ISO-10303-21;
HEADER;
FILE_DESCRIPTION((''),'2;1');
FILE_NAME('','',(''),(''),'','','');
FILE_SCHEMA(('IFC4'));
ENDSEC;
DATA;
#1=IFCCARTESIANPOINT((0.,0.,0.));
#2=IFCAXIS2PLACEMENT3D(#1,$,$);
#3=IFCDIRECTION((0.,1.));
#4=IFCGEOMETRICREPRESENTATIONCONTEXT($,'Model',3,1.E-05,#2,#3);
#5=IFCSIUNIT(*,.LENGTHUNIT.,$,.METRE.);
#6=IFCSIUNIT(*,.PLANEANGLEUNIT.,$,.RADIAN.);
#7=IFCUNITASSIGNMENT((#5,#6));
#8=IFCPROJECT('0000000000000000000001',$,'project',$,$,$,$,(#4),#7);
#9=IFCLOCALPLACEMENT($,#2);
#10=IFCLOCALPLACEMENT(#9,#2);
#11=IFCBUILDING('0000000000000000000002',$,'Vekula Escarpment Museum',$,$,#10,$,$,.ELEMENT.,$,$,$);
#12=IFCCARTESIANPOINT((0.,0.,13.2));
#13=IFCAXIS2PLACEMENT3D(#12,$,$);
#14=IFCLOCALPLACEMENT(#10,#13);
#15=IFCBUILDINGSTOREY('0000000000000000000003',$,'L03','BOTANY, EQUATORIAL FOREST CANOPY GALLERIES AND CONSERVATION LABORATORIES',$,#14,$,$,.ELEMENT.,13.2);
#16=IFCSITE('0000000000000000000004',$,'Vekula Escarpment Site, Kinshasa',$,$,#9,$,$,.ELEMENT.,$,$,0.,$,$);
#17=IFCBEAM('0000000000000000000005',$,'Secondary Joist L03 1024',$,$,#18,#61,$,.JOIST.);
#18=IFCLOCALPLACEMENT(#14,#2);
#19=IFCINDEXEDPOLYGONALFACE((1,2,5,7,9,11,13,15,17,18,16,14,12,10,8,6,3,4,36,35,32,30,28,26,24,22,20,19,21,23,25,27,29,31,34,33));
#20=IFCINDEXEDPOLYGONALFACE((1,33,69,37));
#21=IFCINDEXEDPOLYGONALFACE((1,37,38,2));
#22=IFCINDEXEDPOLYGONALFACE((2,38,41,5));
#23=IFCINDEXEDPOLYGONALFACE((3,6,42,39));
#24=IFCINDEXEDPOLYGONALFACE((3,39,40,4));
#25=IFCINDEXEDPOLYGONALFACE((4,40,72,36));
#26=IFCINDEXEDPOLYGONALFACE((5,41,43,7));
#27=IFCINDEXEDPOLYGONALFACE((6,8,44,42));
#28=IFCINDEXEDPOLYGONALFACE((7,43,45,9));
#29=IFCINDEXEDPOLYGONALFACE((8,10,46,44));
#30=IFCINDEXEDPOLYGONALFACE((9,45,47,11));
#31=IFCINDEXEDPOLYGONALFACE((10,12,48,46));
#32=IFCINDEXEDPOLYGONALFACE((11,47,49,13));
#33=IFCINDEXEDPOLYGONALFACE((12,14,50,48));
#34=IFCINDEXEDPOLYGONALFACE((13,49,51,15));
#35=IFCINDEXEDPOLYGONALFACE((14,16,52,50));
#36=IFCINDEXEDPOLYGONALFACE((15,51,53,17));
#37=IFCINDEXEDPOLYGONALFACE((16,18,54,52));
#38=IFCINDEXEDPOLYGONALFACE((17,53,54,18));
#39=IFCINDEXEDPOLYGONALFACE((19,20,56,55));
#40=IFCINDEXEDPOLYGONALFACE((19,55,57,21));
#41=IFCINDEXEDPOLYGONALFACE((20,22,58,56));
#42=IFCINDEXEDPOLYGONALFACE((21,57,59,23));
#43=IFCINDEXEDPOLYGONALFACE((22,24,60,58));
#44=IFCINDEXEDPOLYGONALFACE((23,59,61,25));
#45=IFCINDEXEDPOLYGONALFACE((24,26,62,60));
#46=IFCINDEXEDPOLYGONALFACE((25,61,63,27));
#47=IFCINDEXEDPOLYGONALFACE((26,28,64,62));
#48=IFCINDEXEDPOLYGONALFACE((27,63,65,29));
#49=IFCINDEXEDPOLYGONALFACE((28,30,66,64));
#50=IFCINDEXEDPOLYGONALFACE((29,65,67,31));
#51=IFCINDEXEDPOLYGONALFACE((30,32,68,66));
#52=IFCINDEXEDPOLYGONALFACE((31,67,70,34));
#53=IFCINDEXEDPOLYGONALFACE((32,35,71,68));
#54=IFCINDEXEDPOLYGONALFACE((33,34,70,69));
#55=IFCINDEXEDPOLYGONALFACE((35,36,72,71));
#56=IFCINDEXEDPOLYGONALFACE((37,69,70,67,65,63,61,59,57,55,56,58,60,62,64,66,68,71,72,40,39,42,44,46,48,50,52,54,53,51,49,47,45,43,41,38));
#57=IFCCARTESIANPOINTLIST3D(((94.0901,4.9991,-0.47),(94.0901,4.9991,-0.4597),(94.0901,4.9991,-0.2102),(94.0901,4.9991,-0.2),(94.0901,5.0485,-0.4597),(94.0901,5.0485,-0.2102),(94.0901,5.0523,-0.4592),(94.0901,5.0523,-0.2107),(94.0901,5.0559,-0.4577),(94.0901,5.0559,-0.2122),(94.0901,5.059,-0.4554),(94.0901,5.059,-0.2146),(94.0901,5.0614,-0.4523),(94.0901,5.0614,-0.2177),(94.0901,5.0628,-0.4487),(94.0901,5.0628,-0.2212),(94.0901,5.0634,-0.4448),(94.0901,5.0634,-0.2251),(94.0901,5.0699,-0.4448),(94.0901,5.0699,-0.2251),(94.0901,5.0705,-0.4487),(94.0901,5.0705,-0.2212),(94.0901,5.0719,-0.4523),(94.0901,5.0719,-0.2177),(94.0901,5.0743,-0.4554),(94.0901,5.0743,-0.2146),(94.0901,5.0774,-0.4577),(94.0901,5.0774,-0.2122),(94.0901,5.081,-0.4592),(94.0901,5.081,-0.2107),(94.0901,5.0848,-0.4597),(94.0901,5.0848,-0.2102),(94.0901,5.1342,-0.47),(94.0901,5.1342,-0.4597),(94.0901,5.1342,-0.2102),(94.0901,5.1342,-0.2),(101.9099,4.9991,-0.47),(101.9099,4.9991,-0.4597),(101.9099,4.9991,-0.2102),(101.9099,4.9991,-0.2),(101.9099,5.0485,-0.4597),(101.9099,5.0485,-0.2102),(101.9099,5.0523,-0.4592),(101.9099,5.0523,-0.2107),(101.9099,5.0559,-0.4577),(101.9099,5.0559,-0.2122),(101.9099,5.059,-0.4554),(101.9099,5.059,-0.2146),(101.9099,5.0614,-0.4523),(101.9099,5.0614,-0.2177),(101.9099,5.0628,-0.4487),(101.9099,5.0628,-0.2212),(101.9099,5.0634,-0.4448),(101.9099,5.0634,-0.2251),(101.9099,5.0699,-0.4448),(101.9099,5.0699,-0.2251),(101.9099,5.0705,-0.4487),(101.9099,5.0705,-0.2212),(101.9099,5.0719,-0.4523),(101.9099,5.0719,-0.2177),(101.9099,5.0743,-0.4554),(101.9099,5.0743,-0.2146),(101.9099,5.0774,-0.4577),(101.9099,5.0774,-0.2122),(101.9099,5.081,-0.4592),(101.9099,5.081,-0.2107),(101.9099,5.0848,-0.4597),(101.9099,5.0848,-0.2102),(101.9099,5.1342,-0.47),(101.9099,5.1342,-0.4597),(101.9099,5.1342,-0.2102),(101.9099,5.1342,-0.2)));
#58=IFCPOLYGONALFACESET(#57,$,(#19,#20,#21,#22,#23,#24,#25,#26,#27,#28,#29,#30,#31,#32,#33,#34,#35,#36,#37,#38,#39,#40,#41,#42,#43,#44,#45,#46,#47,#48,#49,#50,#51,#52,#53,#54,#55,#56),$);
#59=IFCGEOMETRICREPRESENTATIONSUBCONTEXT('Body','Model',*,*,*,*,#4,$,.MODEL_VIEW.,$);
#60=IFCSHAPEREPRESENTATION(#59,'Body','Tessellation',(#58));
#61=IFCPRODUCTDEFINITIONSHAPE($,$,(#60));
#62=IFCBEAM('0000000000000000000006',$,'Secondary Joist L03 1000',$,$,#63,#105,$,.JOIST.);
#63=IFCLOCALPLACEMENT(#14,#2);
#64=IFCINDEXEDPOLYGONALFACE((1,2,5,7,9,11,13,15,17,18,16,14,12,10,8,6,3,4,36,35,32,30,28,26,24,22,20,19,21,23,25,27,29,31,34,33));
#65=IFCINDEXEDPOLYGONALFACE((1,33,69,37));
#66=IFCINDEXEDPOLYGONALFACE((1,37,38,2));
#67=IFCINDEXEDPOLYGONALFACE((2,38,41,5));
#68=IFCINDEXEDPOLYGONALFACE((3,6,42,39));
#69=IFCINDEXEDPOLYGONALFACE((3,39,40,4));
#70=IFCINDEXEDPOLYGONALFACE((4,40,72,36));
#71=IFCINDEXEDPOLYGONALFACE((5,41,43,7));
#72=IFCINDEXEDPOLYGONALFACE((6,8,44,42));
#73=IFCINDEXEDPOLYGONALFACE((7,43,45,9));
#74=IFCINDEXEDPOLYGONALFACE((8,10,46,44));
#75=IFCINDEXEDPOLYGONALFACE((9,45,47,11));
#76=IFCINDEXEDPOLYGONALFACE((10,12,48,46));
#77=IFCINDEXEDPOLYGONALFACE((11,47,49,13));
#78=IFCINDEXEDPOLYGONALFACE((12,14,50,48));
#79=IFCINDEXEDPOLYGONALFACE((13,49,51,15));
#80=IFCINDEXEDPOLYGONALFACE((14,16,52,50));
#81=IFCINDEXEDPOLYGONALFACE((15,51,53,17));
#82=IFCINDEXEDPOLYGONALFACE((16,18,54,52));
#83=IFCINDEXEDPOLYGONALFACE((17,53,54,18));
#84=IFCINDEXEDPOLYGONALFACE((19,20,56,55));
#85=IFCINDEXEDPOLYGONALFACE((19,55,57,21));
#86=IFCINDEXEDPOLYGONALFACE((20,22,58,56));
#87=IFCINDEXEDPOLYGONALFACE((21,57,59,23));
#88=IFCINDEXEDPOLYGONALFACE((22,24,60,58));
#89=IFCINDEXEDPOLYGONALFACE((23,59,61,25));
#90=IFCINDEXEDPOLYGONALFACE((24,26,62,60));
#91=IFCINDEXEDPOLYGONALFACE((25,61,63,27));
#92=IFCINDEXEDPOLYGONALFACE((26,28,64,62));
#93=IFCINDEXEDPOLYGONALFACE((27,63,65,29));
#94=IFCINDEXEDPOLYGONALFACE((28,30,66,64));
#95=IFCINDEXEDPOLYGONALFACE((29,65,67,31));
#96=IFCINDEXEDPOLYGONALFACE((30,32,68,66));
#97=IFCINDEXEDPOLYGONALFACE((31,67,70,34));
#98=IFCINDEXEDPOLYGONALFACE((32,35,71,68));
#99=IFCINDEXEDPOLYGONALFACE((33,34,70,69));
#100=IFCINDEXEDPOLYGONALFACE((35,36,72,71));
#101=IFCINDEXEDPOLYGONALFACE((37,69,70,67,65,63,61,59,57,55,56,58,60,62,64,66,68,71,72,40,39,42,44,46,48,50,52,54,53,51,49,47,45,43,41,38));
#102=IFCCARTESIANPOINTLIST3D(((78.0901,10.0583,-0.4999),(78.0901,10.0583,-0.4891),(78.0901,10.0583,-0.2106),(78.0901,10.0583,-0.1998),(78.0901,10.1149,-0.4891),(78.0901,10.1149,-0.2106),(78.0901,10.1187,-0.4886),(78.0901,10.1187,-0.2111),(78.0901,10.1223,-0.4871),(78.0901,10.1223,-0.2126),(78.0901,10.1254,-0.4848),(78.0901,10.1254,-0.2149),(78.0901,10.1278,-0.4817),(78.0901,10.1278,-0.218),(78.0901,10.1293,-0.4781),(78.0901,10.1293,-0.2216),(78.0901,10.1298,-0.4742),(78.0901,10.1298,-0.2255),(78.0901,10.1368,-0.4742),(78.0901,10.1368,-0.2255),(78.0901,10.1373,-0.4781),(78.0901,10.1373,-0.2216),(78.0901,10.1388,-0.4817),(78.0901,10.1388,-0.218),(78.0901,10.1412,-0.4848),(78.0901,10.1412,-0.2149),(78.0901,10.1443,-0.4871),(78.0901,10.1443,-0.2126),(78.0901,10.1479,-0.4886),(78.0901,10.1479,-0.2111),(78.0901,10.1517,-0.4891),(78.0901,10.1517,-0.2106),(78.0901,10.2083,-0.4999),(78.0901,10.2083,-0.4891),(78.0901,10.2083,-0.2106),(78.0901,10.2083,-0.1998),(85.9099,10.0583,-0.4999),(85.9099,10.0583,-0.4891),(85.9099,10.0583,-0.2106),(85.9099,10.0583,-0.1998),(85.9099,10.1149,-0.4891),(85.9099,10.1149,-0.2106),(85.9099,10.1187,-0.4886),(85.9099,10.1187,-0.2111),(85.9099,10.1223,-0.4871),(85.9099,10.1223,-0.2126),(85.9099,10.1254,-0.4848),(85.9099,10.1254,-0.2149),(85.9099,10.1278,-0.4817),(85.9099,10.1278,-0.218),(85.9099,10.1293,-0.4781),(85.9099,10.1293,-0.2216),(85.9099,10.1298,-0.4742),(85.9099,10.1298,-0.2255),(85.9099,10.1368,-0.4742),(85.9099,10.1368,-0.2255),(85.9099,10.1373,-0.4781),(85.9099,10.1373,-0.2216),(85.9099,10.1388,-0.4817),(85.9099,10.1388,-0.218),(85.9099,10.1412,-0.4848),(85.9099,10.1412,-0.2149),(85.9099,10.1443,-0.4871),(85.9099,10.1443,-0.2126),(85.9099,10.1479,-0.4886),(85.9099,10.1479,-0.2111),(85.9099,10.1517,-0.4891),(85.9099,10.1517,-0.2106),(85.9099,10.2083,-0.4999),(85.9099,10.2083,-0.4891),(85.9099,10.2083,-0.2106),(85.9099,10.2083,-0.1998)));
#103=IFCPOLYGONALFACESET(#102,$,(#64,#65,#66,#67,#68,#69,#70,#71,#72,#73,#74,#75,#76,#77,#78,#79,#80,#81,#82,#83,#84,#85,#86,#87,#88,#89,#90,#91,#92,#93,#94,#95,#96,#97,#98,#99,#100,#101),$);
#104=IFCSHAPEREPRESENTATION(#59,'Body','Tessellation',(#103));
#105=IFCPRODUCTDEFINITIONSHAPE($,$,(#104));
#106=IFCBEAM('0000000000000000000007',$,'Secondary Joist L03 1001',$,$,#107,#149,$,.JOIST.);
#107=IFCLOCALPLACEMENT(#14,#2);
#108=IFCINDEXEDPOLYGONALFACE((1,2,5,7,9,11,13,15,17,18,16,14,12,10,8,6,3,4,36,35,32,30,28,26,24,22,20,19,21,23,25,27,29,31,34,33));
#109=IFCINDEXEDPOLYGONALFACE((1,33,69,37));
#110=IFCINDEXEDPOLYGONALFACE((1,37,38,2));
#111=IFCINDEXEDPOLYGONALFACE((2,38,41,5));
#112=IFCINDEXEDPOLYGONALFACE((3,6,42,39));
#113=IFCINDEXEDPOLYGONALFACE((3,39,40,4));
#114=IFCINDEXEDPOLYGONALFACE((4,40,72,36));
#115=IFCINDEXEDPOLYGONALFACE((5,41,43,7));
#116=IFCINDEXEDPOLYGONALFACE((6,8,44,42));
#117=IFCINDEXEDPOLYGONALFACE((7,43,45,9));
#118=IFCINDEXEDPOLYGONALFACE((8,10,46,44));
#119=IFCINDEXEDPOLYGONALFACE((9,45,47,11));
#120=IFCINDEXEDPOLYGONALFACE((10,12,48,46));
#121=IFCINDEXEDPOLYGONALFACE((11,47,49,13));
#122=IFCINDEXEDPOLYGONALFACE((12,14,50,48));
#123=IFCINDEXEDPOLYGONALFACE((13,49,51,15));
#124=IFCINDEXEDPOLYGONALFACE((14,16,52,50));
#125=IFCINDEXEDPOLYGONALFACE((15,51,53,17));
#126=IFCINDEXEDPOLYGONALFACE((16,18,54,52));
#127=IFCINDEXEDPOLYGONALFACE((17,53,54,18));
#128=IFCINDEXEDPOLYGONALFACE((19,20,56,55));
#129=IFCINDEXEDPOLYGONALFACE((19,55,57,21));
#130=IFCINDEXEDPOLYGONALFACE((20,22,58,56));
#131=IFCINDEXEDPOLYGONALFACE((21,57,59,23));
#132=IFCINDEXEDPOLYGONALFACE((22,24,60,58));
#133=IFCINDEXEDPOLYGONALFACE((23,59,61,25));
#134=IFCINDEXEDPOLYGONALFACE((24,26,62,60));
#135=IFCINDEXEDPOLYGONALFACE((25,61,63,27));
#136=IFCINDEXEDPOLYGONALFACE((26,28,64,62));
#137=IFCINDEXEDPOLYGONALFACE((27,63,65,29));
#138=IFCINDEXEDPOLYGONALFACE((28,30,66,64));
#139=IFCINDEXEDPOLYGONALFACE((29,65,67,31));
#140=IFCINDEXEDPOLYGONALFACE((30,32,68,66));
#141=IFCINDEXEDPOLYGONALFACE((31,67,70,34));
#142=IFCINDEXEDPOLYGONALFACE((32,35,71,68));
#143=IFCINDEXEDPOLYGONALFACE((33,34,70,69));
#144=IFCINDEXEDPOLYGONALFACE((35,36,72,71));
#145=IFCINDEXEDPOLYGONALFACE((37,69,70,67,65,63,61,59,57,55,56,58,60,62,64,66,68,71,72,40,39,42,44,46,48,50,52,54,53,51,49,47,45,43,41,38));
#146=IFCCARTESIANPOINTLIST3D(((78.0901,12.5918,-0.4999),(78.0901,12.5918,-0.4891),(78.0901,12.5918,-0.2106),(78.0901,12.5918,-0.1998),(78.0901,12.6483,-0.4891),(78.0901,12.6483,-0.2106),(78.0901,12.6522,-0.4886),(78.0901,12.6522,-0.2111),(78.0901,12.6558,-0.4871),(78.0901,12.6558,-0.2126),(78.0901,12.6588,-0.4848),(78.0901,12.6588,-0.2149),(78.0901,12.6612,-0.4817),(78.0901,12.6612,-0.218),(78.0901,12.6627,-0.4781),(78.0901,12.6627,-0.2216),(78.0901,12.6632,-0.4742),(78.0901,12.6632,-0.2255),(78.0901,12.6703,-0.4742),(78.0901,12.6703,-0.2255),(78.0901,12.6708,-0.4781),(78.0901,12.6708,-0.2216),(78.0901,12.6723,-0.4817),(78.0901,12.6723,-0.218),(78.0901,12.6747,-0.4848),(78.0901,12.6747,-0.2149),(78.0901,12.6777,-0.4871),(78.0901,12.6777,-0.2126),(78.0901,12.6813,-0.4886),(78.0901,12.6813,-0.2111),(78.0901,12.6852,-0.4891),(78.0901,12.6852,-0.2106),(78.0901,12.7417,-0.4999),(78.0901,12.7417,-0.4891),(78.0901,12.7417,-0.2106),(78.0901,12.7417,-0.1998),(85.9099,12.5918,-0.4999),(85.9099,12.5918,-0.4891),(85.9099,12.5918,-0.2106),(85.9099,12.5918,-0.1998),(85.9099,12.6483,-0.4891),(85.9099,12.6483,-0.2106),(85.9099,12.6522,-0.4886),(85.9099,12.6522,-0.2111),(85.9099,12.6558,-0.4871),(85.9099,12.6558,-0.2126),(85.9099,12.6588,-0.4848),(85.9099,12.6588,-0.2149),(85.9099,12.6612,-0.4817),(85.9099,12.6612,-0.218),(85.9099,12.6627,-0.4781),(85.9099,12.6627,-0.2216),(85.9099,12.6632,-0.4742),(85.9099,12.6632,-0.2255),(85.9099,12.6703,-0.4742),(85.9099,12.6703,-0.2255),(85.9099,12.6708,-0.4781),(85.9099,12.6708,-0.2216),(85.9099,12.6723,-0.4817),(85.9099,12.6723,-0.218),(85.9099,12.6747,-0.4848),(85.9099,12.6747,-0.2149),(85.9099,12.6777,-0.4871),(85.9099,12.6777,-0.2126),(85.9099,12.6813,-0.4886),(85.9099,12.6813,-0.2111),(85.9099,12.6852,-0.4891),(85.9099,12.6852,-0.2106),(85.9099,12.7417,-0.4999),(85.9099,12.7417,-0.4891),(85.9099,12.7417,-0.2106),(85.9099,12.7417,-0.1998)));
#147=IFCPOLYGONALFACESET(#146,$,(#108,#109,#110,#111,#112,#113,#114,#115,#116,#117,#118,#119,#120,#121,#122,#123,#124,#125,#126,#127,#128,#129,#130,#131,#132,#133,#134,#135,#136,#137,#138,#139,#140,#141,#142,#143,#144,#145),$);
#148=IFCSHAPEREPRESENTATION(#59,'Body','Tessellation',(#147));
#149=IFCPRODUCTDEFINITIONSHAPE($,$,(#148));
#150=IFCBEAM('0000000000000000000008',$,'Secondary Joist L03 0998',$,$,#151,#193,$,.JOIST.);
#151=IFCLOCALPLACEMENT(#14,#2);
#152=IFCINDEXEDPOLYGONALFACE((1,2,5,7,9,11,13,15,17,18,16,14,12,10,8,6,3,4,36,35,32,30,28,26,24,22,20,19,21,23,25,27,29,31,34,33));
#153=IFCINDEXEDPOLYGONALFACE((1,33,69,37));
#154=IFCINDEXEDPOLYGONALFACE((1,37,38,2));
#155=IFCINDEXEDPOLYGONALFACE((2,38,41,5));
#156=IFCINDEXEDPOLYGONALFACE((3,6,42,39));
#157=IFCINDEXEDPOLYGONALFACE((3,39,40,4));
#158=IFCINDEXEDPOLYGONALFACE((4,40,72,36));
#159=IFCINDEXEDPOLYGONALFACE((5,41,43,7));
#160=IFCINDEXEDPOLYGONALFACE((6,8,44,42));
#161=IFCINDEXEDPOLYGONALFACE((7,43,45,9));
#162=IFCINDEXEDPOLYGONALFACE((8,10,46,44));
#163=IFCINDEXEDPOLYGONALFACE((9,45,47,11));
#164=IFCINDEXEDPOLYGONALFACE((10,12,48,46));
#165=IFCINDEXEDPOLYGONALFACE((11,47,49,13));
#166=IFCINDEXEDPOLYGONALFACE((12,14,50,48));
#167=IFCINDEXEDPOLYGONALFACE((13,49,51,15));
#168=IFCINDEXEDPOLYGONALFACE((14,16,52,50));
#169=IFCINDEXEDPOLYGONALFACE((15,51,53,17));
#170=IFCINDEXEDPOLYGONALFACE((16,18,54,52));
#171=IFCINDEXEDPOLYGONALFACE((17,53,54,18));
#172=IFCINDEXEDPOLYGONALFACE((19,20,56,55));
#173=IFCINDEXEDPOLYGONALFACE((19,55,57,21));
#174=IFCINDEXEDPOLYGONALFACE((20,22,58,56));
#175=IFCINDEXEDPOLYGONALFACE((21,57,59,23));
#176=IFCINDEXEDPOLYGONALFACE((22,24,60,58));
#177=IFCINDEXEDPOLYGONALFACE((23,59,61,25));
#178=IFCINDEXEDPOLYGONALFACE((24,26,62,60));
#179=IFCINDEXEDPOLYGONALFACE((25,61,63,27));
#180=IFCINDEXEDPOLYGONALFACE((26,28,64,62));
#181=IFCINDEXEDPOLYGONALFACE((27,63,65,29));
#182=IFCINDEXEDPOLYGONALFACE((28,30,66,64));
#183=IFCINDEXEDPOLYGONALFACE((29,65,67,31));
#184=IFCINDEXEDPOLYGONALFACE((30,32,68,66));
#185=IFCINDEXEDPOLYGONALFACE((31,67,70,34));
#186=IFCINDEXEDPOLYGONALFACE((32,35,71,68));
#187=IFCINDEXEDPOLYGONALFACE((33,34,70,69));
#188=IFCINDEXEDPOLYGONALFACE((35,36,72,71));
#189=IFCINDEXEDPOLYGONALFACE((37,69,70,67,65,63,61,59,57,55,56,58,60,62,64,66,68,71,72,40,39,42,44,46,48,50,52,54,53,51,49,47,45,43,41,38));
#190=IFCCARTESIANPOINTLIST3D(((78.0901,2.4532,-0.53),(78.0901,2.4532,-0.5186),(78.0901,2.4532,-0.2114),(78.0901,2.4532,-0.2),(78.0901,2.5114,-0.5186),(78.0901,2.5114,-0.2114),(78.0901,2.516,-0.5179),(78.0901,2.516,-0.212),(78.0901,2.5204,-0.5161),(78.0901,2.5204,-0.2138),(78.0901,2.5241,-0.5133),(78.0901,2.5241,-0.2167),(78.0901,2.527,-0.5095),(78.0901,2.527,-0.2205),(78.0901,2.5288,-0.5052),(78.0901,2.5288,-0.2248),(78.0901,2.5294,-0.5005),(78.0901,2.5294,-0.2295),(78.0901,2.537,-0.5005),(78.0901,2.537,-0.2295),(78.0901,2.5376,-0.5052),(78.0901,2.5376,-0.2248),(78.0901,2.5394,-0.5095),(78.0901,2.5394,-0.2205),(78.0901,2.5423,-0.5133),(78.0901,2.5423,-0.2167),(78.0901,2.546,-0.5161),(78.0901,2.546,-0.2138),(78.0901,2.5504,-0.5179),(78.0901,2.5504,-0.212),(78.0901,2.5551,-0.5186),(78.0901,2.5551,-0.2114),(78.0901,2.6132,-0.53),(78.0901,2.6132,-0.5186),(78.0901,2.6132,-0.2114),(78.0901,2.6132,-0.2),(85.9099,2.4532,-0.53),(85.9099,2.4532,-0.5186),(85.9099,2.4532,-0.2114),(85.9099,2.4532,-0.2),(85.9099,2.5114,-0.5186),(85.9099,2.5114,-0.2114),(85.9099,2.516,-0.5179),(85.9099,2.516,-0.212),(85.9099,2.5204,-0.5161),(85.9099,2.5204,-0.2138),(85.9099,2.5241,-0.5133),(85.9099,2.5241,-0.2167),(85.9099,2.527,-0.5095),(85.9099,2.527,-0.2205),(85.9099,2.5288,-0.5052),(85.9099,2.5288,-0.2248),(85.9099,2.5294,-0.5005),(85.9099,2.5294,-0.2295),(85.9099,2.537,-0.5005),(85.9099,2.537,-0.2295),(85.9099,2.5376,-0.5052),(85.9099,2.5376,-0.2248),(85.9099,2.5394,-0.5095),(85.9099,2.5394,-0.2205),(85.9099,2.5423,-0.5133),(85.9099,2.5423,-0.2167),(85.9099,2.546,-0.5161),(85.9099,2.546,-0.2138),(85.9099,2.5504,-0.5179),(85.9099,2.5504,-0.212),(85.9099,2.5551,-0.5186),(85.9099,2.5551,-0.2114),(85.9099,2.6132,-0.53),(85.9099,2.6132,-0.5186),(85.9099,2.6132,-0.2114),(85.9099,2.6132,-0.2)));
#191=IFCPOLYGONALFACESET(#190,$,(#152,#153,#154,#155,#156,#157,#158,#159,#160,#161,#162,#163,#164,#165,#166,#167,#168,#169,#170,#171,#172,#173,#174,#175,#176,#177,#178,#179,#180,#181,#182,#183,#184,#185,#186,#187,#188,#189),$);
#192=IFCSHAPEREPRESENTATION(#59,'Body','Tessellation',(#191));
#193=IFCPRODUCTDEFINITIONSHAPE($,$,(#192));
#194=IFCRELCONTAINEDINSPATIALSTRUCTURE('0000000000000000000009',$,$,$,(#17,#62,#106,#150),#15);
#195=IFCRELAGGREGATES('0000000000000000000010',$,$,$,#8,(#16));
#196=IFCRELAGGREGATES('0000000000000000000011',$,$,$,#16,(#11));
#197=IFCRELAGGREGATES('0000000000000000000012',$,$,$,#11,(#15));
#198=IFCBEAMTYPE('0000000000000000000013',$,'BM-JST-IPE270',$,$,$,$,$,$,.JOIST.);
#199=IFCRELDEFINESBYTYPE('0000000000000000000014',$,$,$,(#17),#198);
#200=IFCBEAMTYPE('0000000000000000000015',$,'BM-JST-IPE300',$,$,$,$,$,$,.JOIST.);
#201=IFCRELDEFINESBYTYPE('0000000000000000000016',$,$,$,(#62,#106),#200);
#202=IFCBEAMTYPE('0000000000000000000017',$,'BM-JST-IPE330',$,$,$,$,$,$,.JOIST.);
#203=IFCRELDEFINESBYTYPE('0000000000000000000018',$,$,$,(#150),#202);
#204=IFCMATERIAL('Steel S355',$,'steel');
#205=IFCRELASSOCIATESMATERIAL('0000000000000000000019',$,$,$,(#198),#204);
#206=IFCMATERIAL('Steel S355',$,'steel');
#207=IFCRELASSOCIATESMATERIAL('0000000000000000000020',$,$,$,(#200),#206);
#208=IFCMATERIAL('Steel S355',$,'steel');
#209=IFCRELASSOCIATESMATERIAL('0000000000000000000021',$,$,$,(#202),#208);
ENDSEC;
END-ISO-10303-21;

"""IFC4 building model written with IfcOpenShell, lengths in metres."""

from ifc_helpers import new_model, si_unit, direction, frame, origin, origin_2d, place, context, subcontext, project, spatial, i_section, extrude, material, material_profile, profile_set, type_object, element, save


model = new_model("IFC4")

# Units and contexts
model_context = context("Model", 3, precision=1e-05, world=origin(), true_north=direction((0.0, 1.0)))
body_context = subcontext(model_context, "Body", "Model", "MODEL_VIEW")
ifc_project = project(units=[si_unit("LENGTHUNIT", "METRE"), si_unit("PLANEANGLEUNIT", "RADIAN")], contexts=[model_context])

# Site, building, storey
site_placement = place(None, origin())
site = spatial("IfcSite", under=ifc_project, at=site_placement, Name="Vekula Escarpment Site, Kinshasa", CompositionType="ELEMENT", RefElevation=0.0)
building_placement = place(site_placement, origin())
building = spatial("IfcBuilding", under=site, at=building_placement, Name="Vekula Escarpment Museum", CompositionType="ELEMENT")
storey_placement = place(building_placement, frame((0.0, 0.0, 13.2)))
storey = spatial("IfcBuildingStorey", under=building, at=storey_placement, Name="L03", Description="BOTANY, EQUATORIAL FOREST CANOPY GALLERIES AND CONSERVATION LABORATORIES", CompositionType="ELEMENT", Elevation=13.2)

# Beams
ifc_material_1 = material(Name="Steel S355", Category="steel")
ifc_material_profile_1 = material_profile(ifc_material_1, i_section(OverallWidth=0.135, OverallDepth=0.27, WebThickness=0.0066, FlangeThickness=0.0103, FilletRadius=0.0149, at=origin_2d()), Name="IPE 270")
ifc_profile_set_1 = profile_set([ifc_material_profile_1], Name="Steel S355")
beam_type_1 = type_object("IfcBeamType", Name="BM-JST-IPE270", PredefinedType="JOIST", material=ifc_profile_set_1)
for number, where, z_axis, x_axis, name in (
    (1, (94.0901, 5.0667, -0.335), (1.0, 0.0, 0.0), (0.0, 1.0, 0.0), "Secondary Joist L03 1024"),
):
    element("IfcBeam", number, at=place(storey_placement, frame(where, z_axis=z_axis, x_axis=x_axis)), inside=storey, type_object=beam_type_1, Name=name, PredefinedType="JOIST", context=body_context, shape_type="SweptSolid", body=[
        extrude(i_section(OverallWidth=0.135, OverallDepth=0.27, WebThickness=0.0066, FlangeThickness=0.0103, FilletRadius=0.0149, at=origin_2d()), origin(), (0.0, 0.0, 1.0), 7.8198),
    ])
ifc_material_2 = material(Name="Steel S355", Category="steel")
ifc_material_profile_2 = material_profile(ifc_material_2, i_section(OverallWidth=0.1499, OverallDepth=0.3, WebThickness=0.0071, FlangeThickness=0.0107, FilletRadius=0.0149, at=origin_2d()), Name="IPE 300")
ifc_profile_set_2 = profile_set([ifc_material_profile_2], Name="Steel S355")
beam_type_2 = type_object("IfcBeamType", Name="BM-JST-IPE300", PredefinedType="JOIST", material=ifc_profile_set_2)
for number, where, z_axis, x_axis, name in (
    (2, (78.0901, 10.1333, -0.3499), (1.0, 0.0, 0.0), (0.0, 1.0, 0.0), "Secondary Joist L03 1000"),
    (3, (78.0901, 12.6667, -0.3499), (1.0, 0.0, 0.0), (0.0, 1.0, 0.0), "Secondary Joist L03 1001"),
):
    element("IfcBeam", number, at=place(storey_placement, frame(where, z_axis=z_axis, x_axis=x_axis)), inside=storey, type_object=beam_type_2, Name=name, PredefinedType="JOIST", context=body_context, shape_type="SweptSolid", body=[
        extrude(i_section(OverallWidth=0.1499, OverallDepth=0.3, WebThickness=0.0071, FlangeThickness=0.0107, FilletRadius=0.0149, at=origin_2d()), origin(), (0.0, 0.0, 1.0), 7.8198),
    ])
ifc_material_3 = material(Name="Steel S355", Category="steel")
ifc_material_profile_3 = material_profile(ifc_material_3, i_section(OverallWidth=0.1599, OverallDepth=0.3301, WebThickness=0.0076, FlangeThickness=0.0115, FilletRadius=0.0181, at=origin_2d()), Name="IPE 330")
ifc_profile_set_3 = profile_set([ifc_material_profile_3], Name="Steel S355")
beam_type_3 = type_object("IfcBeamType", Name="BM-JST-IPE330", PredefinedType="JOIST", material=ifc_profile_set_3)
for number, where, z_axis, x_axis, name in (
    (4, (78.0901, 2.5332, -0.365), (1.0, 0.0, 0.0), (0.0, 1.0, 0.0), "Secondary Joist L03 0998"),
):
    element("IfcBeam", number, at=place(storey_placement, frame(where, z_axis=z_axis, x_axis=x_axis)), inside=storey, type_object=beam_type_3, Name=name, PredefinedType="JOIST", context=body_context, shape_type="SweptSolid", body=[
        extrude(i_section(OverallWidth=0.1599, OverallDepth=0.3301, WebThickness=0.0076, FlangeThickness=0.0115, FilletRadius=0.0181, at=origin_2d()), origin(), (0.0, 0.0, 1.0), 7.8198),
    ])

save(model, "model.ifc")
